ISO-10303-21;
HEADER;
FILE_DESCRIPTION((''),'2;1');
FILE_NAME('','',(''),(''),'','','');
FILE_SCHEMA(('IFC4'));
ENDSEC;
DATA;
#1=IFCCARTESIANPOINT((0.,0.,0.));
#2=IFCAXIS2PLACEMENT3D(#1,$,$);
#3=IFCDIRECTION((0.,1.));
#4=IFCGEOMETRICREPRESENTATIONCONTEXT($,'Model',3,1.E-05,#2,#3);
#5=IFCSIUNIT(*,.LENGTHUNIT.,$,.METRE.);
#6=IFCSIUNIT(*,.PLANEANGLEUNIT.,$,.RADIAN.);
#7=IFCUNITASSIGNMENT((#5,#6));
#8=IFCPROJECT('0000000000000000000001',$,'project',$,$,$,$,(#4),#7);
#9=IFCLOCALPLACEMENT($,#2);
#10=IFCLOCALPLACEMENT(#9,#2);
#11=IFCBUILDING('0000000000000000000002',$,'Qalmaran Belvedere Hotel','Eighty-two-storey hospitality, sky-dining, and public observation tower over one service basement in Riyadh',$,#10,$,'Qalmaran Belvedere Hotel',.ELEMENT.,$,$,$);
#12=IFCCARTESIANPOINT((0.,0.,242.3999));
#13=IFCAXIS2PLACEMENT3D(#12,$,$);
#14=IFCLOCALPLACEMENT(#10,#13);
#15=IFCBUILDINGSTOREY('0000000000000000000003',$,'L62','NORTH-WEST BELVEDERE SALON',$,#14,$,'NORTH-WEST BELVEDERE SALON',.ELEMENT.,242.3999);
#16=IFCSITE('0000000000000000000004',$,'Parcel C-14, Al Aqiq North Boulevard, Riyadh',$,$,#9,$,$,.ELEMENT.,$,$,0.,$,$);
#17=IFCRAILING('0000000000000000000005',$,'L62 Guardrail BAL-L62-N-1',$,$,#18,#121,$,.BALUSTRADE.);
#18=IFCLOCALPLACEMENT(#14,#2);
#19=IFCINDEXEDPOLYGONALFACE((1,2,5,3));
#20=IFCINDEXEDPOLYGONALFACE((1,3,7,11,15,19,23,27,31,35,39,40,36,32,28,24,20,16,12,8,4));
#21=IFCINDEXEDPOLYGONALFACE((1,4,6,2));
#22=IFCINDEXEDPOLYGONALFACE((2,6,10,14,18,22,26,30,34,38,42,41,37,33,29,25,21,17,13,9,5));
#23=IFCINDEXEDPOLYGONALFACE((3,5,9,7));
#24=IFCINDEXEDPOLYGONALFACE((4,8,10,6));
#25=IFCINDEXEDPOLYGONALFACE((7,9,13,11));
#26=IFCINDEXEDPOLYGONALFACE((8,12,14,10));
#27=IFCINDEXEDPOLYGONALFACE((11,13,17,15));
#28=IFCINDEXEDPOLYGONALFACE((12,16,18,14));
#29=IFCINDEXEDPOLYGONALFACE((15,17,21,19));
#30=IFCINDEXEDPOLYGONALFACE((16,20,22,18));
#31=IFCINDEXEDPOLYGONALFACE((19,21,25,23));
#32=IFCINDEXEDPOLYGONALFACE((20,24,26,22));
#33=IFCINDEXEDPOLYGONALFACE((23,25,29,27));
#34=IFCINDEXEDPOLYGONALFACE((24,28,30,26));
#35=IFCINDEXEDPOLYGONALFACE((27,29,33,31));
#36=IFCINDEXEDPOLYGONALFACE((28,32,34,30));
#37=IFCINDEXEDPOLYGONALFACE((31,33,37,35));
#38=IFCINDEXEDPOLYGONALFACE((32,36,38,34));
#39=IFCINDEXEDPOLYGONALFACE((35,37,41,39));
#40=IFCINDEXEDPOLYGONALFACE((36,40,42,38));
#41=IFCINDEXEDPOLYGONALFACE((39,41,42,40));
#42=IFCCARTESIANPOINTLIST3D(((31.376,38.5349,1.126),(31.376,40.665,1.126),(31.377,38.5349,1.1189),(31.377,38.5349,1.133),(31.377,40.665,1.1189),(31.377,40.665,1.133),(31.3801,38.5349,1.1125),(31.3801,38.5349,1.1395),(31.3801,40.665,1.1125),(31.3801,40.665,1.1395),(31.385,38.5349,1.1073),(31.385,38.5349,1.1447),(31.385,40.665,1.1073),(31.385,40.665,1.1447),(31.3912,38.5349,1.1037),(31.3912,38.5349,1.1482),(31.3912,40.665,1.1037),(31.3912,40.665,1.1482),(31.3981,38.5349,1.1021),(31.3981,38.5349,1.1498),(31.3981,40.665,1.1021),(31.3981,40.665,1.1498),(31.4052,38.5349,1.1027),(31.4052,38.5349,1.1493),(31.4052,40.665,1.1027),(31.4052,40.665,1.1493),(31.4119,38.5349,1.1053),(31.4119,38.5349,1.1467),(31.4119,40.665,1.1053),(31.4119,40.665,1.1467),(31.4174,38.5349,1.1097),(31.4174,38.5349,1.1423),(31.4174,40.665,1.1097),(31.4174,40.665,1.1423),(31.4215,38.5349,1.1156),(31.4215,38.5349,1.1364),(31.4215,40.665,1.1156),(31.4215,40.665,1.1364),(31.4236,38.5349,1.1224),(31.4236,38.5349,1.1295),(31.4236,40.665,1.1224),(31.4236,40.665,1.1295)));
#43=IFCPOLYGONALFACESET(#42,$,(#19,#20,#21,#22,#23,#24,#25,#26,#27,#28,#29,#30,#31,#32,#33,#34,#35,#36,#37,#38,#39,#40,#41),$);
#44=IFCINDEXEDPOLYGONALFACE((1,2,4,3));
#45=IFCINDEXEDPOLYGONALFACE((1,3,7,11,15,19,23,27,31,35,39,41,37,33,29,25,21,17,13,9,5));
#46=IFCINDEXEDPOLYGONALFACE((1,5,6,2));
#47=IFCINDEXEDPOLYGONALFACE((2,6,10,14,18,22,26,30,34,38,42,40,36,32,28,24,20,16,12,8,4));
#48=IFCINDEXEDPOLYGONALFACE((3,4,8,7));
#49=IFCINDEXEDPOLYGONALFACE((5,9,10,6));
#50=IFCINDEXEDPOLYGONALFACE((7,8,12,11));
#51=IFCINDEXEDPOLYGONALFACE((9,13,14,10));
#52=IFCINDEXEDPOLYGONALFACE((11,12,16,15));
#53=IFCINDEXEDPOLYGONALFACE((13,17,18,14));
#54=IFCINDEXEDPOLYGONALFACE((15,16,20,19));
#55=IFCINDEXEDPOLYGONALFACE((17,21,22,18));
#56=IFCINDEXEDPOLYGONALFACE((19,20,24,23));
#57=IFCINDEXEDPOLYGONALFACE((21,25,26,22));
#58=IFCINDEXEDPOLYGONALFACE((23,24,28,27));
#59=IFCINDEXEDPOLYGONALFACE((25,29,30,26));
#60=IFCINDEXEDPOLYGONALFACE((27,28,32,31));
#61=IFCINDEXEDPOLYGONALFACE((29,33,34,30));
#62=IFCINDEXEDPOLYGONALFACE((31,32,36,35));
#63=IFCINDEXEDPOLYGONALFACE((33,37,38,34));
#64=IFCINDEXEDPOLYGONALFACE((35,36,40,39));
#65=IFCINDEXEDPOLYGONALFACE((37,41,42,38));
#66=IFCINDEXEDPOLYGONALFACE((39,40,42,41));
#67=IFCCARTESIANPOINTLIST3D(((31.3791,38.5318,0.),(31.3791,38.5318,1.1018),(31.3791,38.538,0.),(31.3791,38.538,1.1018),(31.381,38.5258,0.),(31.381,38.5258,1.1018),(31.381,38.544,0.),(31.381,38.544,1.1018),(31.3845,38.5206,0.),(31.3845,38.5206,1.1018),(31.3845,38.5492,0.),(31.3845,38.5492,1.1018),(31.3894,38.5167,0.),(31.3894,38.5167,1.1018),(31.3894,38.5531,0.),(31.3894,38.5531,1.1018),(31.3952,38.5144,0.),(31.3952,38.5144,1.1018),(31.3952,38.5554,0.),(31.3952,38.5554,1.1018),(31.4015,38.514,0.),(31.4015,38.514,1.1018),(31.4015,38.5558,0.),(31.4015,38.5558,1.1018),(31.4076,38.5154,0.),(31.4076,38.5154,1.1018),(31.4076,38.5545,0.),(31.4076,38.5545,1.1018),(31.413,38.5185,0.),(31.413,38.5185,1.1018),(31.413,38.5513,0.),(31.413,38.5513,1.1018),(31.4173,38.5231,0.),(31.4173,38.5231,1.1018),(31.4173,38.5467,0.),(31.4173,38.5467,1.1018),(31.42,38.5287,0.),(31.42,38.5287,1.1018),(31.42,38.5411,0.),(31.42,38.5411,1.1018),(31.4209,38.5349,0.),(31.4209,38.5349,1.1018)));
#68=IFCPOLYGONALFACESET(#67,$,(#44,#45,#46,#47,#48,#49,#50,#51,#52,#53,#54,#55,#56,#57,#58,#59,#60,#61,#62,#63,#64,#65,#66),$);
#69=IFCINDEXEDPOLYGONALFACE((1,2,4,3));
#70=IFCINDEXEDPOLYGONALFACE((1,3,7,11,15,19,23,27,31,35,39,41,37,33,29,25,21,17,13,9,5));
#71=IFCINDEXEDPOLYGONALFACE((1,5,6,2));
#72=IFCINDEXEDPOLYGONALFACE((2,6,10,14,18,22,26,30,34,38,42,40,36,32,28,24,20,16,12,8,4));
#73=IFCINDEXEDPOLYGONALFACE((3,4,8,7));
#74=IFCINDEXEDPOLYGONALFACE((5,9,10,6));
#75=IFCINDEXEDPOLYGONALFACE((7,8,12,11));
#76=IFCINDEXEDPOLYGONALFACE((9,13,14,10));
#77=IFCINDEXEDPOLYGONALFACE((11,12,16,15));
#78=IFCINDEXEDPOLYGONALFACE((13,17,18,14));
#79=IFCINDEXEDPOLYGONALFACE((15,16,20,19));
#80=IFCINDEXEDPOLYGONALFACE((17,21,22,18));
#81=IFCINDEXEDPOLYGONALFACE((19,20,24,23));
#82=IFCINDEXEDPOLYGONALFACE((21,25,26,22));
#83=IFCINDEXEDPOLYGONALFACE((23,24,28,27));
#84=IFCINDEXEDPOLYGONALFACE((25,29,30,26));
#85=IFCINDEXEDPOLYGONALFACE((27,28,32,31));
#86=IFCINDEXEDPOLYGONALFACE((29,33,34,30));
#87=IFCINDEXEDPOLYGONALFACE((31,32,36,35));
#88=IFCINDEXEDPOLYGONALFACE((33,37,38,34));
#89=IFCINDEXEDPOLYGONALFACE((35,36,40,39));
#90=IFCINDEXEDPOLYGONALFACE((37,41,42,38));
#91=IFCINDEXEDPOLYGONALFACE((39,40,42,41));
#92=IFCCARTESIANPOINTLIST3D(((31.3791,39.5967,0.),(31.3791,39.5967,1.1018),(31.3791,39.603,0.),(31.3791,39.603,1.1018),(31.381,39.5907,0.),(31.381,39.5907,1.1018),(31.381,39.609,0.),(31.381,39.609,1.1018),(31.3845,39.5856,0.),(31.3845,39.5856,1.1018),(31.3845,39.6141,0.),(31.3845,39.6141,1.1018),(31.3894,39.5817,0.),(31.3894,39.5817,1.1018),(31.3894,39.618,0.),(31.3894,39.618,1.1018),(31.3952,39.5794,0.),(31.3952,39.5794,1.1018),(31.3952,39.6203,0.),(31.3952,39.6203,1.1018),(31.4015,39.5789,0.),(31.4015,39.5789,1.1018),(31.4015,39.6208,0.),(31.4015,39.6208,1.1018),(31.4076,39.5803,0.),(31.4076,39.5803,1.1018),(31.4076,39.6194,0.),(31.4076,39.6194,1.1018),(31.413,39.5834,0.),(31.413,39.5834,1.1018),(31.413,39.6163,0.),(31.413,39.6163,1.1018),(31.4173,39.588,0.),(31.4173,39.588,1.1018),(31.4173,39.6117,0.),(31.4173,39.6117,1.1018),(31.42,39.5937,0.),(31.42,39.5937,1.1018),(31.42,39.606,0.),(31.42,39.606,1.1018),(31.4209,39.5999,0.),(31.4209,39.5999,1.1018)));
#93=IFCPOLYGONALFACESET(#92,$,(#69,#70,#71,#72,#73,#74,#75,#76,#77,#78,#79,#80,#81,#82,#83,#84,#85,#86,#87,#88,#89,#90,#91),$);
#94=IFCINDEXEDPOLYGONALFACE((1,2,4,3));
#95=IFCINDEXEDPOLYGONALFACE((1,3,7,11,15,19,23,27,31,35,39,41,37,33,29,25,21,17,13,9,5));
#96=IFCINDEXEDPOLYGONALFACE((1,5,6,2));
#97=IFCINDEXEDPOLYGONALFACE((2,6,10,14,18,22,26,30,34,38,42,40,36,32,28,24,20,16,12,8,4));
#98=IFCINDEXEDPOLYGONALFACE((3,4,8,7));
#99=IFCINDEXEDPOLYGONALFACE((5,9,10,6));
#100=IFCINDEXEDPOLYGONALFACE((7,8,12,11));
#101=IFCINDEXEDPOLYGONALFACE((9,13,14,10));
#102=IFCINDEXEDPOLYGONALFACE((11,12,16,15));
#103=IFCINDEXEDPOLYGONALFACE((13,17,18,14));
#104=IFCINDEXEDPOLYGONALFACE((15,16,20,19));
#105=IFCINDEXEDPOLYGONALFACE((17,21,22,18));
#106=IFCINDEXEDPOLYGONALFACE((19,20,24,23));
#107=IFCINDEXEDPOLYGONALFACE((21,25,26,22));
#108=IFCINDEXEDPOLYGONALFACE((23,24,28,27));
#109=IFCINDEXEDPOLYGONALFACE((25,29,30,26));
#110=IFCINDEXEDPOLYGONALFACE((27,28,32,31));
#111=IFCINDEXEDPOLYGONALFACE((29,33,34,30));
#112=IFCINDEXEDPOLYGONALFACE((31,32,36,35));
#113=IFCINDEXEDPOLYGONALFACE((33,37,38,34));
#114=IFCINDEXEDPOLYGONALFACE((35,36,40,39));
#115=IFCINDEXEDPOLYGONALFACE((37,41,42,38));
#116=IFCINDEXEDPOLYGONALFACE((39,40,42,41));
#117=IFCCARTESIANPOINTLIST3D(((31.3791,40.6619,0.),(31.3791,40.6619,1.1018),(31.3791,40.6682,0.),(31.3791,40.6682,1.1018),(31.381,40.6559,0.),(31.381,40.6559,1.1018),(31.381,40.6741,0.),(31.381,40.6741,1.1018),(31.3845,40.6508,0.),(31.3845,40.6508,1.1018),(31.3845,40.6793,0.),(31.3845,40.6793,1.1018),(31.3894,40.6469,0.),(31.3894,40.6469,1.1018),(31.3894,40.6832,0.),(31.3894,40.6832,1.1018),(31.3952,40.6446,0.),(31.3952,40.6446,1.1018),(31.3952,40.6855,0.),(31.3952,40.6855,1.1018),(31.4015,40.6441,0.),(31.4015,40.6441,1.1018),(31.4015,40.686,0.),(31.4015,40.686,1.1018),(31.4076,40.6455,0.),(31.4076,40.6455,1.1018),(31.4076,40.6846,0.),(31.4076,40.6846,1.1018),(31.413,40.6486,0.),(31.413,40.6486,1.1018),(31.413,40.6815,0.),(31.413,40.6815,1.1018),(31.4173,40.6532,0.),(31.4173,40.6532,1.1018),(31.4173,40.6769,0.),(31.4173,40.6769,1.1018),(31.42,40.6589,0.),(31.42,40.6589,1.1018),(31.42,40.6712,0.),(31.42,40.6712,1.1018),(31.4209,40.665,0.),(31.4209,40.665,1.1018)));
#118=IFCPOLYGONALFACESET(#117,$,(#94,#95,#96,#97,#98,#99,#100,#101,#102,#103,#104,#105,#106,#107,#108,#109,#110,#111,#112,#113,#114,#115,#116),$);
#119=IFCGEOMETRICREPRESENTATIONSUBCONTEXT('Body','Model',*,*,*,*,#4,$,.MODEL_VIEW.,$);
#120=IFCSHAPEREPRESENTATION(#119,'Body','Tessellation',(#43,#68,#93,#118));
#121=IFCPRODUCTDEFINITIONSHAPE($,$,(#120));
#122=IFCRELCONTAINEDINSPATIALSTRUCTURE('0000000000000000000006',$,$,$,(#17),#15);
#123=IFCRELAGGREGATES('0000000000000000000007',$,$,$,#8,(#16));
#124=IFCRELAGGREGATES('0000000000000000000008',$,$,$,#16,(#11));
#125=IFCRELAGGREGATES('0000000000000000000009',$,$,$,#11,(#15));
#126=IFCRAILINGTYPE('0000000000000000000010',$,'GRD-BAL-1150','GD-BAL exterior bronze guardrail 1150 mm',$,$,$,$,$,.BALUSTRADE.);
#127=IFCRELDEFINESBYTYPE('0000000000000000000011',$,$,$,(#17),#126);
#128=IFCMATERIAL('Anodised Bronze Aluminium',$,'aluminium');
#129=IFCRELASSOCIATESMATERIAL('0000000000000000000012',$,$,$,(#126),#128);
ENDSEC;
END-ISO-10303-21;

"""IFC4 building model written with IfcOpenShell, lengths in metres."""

from ifc_helpers import new_model, si_unit, direction, frame, origin, origin_2d, place, context, subcontext, project, spatial, circle, extrude, material, type_object, element, save


model = new_model("IFC4")

# Units and contexts
model_context = context("Model", 3, precision=1e-05, world=origin(), true_north=direction((0.0, 1.0)))
body_context = subcontext(model_context, "Body", "Model", "MODEL_VIEW")
ifc_project = project(units=[si_unit("LENGTHUNIT", "METRE"), si_unit("PLANEANGLEUNIT", "RADIAN")], contexts=[model_context])

# Site, building, storey
site_placement = place(None, origin())
site = spatial("IfcSite", under=ifc_project, at=site_placement, Name="Parcel C-14, Al Aqiq North Boulevard, Riyadh", CompositionType="ELEMENT", RefElevation=0.0)
building_placement = place(site_placement, origin())
building = spatial("IfcBuilding", under=site, at=building_placement, Name="Qalmaran Belvedere Hotel", Description="Eighty-two-storey hospitality, sky-dining, and public observation tower over one service basement in Riyadh", LongName="Qalmaran Belvedere Hotel", CompositionType="ELEMENT")
storey_placement = place(building_placement, frame((0.0, 0.0, 242.3999)))
storey = spatial("IfcBuildingStorey", under=building, at=storey_placement, Name="L62", Description="NORTH-WEST BELVEDERE SALON", LongName="NORTH-WEST BELVEDERE SALON", CompositionType="ELEMENT", Elevation=242.3999)

# Shared definitions
ifc_material_1 = material(Name="Anodised Bronze Aluminium", Category="aluminium")

# Railing
railing_type = type_object("IfcRailingType", Name="GRD-BAL-1150", Description="GD-BAL exterior bronze guardrail 1150 mm", PredefinedType="BALUSTRADE", material=ifc_material_1)
railing_1_placement = place(storey_placement, frame((31.3999, 38.5349, 0.0)))
element("IfcRailing", 1, at=railing_1_placement, inside=storey, type_object=railing_type, Name="L62 Guardrail BAL-L62-N-1", PredefinedType="BALUSTRADE", context=body_context, shape_type="SweptSolid", body=[
    extrude(circle(Radius=0.0239, at=origin_2d()), frame((0.0, 0.0, 1.126), z_axis=(0.0, 1.0, 0.0), x_axis=(-1.0, 0.0, 0.0)), (0.0, 0.0, 1.0), 2.1301),
    extrude(circle(Radius=0.021, at=origin_2d()), origin(), (0.0, 0.0, 1.0), 1.1018),
    extrude(circle(Radius=0.021, at=origin_2d()), frame((0.0, 1.0649, 0.0)), (0.0, 0.0, 1.0), 1.1018),
    extrude(circle(Radius=0.021, at=origin_2d()), frame((0.0, 2.1301, 0.0)), (0.0, 0.0, 1.0), 1.1018),
])

save(model, "model.ifc")
